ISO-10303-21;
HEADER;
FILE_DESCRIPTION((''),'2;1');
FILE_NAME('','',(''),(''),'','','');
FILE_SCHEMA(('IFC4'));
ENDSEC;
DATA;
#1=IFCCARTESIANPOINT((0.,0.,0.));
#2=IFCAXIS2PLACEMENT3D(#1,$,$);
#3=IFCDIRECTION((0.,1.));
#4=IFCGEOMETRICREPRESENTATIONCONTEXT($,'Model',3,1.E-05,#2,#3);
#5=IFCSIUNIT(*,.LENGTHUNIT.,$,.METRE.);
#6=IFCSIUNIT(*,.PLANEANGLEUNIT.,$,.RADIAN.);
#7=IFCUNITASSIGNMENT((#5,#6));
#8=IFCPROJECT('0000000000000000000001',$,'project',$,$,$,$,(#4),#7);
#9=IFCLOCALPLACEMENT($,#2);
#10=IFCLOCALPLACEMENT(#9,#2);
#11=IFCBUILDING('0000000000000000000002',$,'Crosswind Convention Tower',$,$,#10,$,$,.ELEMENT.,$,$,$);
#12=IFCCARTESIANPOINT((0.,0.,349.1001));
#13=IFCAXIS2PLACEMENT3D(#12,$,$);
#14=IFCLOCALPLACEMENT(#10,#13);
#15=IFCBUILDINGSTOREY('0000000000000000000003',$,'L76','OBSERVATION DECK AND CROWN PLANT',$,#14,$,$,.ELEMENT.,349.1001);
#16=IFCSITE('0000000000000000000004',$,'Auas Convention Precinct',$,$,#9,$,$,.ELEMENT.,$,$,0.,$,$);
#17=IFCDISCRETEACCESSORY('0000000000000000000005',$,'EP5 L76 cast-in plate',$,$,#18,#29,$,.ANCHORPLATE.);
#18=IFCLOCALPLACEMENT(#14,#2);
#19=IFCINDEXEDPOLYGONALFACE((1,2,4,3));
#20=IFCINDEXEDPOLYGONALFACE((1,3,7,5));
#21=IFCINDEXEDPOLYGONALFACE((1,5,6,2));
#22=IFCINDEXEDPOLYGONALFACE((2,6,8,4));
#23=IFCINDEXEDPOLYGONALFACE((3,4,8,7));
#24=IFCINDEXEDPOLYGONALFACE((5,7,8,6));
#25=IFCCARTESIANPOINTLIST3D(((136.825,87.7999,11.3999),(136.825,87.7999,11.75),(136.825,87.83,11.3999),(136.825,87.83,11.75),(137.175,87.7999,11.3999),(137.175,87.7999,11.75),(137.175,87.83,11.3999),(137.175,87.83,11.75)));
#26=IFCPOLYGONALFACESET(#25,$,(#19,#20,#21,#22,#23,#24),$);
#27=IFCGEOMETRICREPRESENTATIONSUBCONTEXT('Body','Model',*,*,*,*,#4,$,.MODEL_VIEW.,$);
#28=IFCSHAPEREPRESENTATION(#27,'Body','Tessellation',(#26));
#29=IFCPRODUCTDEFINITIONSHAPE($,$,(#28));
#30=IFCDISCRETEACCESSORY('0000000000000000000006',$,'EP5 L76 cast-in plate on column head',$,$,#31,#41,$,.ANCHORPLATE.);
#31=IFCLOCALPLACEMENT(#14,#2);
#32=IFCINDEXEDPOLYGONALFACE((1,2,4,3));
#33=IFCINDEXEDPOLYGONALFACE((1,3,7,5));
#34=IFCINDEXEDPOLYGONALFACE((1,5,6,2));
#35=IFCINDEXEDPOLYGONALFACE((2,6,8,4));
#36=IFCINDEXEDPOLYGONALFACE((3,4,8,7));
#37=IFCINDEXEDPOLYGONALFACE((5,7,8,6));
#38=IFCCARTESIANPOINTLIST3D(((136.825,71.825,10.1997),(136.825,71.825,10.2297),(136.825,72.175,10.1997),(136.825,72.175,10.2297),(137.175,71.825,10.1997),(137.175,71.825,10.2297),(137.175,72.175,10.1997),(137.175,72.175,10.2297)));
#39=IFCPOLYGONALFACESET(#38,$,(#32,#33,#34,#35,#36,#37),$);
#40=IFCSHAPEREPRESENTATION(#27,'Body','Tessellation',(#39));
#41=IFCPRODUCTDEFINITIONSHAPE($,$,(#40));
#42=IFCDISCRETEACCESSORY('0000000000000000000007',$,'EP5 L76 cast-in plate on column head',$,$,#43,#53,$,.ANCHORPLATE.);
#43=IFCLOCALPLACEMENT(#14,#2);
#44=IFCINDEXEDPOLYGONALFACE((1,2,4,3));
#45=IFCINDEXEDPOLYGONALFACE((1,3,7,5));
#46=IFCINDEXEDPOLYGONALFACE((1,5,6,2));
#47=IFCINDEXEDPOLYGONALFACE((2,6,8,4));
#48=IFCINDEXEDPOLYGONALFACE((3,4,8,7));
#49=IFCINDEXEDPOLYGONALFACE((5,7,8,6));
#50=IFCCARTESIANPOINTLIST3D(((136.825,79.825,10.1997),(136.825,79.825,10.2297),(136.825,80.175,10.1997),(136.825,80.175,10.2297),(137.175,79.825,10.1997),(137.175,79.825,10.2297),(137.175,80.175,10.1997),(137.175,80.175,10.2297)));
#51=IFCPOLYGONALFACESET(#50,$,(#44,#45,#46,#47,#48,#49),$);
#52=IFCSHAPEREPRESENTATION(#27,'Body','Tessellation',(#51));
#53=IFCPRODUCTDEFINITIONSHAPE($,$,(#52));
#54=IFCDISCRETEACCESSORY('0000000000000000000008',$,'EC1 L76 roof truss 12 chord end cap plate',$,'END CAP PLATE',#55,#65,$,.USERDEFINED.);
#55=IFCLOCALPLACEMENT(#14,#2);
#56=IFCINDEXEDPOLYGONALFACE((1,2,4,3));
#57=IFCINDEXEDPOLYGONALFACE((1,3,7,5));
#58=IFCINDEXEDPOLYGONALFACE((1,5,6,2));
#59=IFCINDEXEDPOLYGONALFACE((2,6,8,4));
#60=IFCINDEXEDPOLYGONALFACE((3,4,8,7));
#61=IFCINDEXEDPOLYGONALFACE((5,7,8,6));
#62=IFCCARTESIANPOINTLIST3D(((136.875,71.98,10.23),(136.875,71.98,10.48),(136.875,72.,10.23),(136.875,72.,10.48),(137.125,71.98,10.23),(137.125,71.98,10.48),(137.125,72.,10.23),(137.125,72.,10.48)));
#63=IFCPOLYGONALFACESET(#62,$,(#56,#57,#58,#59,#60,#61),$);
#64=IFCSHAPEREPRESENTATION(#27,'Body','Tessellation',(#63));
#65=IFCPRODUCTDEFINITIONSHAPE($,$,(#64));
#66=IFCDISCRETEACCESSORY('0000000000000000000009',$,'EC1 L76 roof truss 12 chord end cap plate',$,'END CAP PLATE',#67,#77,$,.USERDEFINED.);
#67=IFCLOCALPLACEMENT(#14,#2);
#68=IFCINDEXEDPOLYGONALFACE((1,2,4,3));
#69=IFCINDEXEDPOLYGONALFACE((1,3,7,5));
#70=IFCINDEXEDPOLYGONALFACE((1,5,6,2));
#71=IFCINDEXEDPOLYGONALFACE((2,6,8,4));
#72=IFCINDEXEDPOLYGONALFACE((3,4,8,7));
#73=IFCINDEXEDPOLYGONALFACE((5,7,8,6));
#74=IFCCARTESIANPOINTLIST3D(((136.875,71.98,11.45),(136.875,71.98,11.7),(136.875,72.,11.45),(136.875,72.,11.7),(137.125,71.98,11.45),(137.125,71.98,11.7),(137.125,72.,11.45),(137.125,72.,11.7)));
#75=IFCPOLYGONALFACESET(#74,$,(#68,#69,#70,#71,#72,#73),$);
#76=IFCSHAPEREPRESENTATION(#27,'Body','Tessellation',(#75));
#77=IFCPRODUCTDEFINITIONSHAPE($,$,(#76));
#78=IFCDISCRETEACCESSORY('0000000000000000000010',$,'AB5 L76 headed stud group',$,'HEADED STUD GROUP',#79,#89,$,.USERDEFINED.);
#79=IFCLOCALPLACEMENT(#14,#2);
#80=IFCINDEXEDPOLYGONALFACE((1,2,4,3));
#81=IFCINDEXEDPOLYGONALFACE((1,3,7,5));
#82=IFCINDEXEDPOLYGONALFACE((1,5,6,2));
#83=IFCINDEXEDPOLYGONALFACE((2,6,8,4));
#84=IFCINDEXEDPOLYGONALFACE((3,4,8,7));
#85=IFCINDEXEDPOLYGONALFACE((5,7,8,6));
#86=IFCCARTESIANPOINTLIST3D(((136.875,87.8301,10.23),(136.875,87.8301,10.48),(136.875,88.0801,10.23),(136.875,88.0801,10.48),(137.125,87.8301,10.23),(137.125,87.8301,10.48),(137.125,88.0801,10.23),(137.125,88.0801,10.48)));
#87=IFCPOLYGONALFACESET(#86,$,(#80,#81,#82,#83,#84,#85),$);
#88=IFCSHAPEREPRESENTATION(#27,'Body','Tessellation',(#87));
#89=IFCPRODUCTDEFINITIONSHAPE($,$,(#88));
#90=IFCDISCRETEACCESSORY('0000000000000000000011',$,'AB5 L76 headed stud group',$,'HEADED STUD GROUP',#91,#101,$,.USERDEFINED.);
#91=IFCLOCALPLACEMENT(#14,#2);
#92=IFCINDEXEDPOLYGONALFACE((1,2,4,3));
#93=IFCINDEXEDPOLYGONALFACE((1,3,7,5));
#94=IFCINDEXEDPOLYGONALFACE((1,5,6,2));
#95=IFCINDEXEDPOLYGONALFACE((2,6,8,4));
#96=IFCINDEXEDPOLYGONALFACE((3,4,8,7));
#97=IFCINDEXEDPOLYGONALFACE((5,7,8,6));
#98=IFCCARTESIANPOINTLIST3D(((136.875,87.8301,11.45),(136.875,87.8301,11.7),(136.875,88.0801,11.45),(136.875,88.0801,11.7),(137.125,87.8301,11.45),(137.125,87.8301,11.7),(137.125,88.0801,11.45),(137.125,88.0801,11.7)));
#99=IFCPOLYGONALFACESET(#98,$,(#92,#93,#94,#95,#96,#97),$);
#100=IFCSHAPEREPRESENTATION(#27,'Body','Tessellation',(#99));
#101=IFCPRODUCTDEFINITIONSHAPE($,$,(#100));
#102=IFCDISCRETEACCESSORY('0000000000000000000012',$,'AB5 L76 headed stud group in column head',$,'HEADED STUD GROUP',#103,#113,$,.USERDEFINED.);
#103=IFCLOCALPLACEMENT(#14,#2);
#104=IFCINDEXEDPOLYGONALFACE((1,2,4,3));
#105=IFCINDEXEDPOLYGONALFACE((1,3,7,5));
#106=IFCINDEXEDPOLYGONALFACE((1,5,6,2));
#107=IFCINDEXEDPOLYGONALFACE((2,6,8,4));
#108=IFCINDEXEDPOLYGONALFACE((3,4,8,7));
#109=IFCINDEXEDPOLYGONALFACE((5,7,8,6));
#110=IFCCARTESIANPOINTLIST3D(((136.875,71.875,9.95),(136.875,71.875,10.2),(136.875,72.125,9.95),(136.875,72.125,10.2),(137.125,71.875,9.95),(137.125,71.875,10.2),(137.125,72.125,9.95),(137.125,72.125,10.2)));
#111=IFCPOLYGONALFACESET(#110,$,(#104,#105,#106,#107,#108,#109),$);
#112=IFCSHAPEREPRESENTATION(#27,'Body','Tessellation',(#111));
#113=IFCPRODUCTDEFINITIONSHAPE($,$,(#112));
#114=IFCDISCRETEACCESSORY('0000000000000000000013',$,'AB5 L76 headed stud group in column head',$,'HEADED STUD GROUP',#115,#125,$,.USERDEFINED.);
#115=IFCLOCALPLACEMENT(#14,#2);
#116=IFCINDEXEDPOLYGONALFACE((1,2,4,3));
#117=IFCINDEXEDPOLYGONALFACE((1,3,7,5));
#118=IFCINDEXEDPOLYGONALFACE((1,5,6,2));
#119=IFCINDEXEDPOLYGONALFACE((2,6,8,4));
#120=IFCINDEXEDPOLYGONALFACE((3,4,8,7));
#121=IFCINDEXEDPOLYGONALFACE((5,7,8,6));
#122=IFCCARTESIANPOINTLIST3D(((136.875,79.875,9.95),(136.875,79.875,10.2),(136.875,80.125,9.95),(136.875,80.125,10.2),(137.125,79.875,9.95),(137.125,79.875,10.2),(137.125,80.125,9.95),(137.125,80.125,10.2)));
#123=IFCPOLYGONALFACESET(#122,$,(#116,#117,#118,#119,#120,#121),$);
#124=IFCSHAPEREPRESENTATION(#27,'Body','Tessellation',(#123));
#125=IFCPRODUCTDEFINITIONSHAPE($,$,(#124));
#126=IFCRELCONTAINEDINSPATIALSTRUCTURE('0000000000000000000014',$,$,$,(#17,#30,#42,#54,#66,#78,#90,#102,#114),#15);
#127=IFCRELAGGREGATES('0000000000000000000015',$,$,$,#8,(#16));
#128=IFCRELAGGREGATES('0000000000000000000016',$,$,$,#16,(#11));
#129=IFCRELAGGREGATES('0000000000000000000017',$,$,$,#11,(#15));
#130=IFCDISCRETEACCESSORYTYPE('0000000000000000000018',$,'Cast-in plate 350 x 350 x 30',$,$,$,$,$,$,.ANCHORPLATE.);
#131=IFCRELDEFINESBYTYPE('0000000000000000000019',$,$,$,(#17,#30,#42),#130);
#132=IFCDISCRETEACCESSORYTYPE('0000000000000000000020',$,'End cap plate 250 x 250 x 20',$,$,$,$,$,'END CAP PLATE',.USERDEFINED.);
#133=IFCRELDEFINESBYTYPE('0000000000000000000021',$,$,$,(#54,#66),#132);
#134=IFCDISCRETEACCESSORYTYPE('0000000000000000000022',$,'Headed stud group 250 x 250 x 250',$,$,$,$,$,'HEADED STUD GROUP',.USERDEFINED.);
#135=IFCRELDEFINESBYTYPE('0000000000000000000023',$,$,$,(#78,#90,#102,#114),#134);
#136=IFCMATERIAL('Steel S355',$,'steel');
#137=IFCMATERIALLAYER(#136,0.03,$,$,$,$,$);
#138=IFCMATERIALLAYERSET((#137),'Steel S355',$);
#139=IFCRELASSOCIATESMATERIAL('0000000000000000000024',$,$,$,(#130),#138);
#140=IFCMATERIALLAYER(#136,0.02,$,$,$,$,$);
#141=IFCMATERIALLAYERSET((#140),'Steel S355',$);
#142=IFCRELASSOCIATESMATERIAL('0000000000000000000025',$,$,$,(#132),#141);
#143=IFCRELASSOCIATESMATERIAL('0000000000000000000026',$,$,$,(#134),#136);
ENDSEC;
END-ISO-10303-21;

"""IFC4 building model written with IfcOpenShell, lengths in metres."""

from ifc_helpers import new_model, si_unit, direction, frame, origin, origin_2d, place, context, subcontext, project, spatial, rectangle, extrude, material, layer, layer_set, type_object, element, save


model = new_model("IFC4")

# Units and contexts
model_context = context("Model", 3, precision=1e-05, world=origin(), true_north=direction((0.0, 1.0)))
body_context = subcontext(model_context, "Body", "Model", "MODEL_VIEW")
ifc_project = project(units=[si_unit("LENGTHUNIT", "METRE"), si_unit("PLANEANGLEUNIT", "RADIAN")], contexts=[model_context])

# Site, building, storey
site_placement = place(None, origin())
site = spatial("IfcSite", under=ifc_project, at=site_placement, Name="Auas Convention Precinct", CompositionType="ELEMENT", RefElevation=0.0)
building_placement = place(site_placement, origin())
building = spatial("IfcBuilding", under=site, at=building_placement, Name="Crosswind Convention Tower", CompositionType="ELEMENT")
storey_placement = place(building_placement, frame((0.0, 0.0, 349.1001)))
storey = spatial("IfcBuildingStorey", under=building, at=storey_placement, Name="L76", Description="OBSERVATION DECK AND CROWN PLANT", CompositionType="ELEMENT", Elevation=349.1001)

# Shared definitions
ifc_material_1 = material(Name="Steel S355", Category="steel")

# Discrete accessories
ifc_layer_1 = layer(ifc_material_1, 0.03)
ifc_layer_set_1 = layer_set([ifc_layer_1], Name="Steel S355")
discrete_accessory_type_1 = type_object("IfcDiscreteAccessoryType", Name="Cast-in plate 350 x 350 x 30", PredefinedType="ANCHORPLATE", material=ifc_layer_set_1)
for number, where, z_axis, x_axis, name in (
    (1, (137.0, 87.8149, 11.3999), (0.0, 0.0, 1.0), (1.0, 0.0, 0.0), "EP5 L76 cast-in plate"),
):
    element("IfcDiscreteAccessory", number, at=place(storey_placement, frame(where, z_axis=z_axis, x_axis=x_axis)), inside=storey, type_object=discrete_accessory_type_1, Name=name, PredefinedType="ANCHORPLATE", context=body_context, shape_type="SweptSolid", body=[
        extrude(rectangle(XDim=0.3501, YDim=0.03, at=origin_2d()), origin(), (0.0, 0.0, 1.0), 0.3501),
    ])
for number, where, z_axis, x_axis, name in (
    (2, (137.0, 72.0, 10.1997), (0.0, 0.0, 1.0), (1.0, 0.0, 0.0), "EP5 L76 cast-in plate on column head"),
    (3, (137.0, 80.0, 10.1997), (0.0, 0.0, 1.0), (1.0, 0.0, 0.0), "EP5 L76 cast-in plate on column head"),
):
    element("IfcDiscreteAccessory", number, at=place(storey_placement, frame(where, z_axis=z_axis, x_axis=x_axis)), inside=storey, type_object=discrete_accessory_type_1, Name=name, PredefinedType="ANCHORPLATE", context=body_context, shape_type="SweptSolid", body=[
        extrude(rectangle(XDim=0.3501, YDim=0.3501, at=origin_2d()), origin(), (0.0, 0.0, 1.0), 0.03),
    ])
ifc_layer_2 = layer(ifc_material_1, 0.02)
ifc_layer_set_2 = layer_set([ifc_layer_2], Name="Steel S355")
discrete_accessory_type_2 = type_object("IfcDiscreteAccessoryType", Name="End cap plate 250 x 250 x 20", ElementType="END CAP PLATE", PredefinedType="USERDEFINED", material=ifc_layer_set_2)
for number, where, z_axis, x_axis, name in (
    (4, (137.0, 71.99, 10.23), (0.0, 0.0, 1.0), (1.0, 0.0, 0.0), "EC1 L76 roof truss 12 chord end cap plate"),
    (5, (137.0, 71.99, 11.45), (0.0, 0.0, 1.0), (1.0, 0.0, 0.0), "EC1 L76 roof truss 12 chord end cap plate"),
):
    element("IfcDiscreteAccessory", number, at=place(storey_placement, frame(where, z_axis=z_axis, x_axis=x_axis)), inside=storey, type_object=discrete_accessory_type_2, Name=name, ObjectType="END CAP PLATE", PredefinedType="USERDEFINED", context=body_context, shape_type="SweptSolid", body=[
        extrude(rectangle(XDim=0.25, YDim=0.02, at=origin_2d()), origin(), (0.0, 0.0, 1.0), 0.25),
    ])
discrete_accessory_type_3 = type_object("IfcDiscreteAccessoryType", Name="Headed stud group 250 x 250 x 250", ElementType="HEADED STUD GROUP", PredefinedType="USERDEFINED", material=ifc_material_1)
for number, where, z_axis, x_axis, name in (
    (6, (137.0, 87.9551, 10.23), (0.0, 0.0, 1.0), (1.0, 0.0, 0.0), "AB5 L76 headed stud group"),
    (7, (137.0, 87.9551, 11.45), (0.0, 0.0, 1.0), (1.0, 0.0, 0.0), "AB5 L76 headed stud group"),
    (8, (137.0, 72.0, 9.95), (0.0, 0.0, 1.0), (1.0, 0.0, 0.0), "AB5 L76 headed stud group in column head"),
    (9, (137.0, 80.0, 9.95), (0.0, 0.0, 1.0), (1.0, 0.0, 0.0), "AB5 L76 headed stud group in column head"),
):
    element("IfcDiscreteAccessory", number, at=place(storey_placement, frame(where, z_axis=z_axis, x_axis=x_axis)), inside=storey, type_object=discrete_accessory_type_3, Name=name, ObjectType="HEADED STUD GROUP", PredefinedType="USERDEFINED", context=body_context, shape_type="SweptSolid", body=[
        extrude(rectangle(XDim=0.25, YDim=0.25, at=origin_2d()), origin(), (0.0, 0.0, 1.0), 0.25),
    ])

save(model, "model.ifc")
